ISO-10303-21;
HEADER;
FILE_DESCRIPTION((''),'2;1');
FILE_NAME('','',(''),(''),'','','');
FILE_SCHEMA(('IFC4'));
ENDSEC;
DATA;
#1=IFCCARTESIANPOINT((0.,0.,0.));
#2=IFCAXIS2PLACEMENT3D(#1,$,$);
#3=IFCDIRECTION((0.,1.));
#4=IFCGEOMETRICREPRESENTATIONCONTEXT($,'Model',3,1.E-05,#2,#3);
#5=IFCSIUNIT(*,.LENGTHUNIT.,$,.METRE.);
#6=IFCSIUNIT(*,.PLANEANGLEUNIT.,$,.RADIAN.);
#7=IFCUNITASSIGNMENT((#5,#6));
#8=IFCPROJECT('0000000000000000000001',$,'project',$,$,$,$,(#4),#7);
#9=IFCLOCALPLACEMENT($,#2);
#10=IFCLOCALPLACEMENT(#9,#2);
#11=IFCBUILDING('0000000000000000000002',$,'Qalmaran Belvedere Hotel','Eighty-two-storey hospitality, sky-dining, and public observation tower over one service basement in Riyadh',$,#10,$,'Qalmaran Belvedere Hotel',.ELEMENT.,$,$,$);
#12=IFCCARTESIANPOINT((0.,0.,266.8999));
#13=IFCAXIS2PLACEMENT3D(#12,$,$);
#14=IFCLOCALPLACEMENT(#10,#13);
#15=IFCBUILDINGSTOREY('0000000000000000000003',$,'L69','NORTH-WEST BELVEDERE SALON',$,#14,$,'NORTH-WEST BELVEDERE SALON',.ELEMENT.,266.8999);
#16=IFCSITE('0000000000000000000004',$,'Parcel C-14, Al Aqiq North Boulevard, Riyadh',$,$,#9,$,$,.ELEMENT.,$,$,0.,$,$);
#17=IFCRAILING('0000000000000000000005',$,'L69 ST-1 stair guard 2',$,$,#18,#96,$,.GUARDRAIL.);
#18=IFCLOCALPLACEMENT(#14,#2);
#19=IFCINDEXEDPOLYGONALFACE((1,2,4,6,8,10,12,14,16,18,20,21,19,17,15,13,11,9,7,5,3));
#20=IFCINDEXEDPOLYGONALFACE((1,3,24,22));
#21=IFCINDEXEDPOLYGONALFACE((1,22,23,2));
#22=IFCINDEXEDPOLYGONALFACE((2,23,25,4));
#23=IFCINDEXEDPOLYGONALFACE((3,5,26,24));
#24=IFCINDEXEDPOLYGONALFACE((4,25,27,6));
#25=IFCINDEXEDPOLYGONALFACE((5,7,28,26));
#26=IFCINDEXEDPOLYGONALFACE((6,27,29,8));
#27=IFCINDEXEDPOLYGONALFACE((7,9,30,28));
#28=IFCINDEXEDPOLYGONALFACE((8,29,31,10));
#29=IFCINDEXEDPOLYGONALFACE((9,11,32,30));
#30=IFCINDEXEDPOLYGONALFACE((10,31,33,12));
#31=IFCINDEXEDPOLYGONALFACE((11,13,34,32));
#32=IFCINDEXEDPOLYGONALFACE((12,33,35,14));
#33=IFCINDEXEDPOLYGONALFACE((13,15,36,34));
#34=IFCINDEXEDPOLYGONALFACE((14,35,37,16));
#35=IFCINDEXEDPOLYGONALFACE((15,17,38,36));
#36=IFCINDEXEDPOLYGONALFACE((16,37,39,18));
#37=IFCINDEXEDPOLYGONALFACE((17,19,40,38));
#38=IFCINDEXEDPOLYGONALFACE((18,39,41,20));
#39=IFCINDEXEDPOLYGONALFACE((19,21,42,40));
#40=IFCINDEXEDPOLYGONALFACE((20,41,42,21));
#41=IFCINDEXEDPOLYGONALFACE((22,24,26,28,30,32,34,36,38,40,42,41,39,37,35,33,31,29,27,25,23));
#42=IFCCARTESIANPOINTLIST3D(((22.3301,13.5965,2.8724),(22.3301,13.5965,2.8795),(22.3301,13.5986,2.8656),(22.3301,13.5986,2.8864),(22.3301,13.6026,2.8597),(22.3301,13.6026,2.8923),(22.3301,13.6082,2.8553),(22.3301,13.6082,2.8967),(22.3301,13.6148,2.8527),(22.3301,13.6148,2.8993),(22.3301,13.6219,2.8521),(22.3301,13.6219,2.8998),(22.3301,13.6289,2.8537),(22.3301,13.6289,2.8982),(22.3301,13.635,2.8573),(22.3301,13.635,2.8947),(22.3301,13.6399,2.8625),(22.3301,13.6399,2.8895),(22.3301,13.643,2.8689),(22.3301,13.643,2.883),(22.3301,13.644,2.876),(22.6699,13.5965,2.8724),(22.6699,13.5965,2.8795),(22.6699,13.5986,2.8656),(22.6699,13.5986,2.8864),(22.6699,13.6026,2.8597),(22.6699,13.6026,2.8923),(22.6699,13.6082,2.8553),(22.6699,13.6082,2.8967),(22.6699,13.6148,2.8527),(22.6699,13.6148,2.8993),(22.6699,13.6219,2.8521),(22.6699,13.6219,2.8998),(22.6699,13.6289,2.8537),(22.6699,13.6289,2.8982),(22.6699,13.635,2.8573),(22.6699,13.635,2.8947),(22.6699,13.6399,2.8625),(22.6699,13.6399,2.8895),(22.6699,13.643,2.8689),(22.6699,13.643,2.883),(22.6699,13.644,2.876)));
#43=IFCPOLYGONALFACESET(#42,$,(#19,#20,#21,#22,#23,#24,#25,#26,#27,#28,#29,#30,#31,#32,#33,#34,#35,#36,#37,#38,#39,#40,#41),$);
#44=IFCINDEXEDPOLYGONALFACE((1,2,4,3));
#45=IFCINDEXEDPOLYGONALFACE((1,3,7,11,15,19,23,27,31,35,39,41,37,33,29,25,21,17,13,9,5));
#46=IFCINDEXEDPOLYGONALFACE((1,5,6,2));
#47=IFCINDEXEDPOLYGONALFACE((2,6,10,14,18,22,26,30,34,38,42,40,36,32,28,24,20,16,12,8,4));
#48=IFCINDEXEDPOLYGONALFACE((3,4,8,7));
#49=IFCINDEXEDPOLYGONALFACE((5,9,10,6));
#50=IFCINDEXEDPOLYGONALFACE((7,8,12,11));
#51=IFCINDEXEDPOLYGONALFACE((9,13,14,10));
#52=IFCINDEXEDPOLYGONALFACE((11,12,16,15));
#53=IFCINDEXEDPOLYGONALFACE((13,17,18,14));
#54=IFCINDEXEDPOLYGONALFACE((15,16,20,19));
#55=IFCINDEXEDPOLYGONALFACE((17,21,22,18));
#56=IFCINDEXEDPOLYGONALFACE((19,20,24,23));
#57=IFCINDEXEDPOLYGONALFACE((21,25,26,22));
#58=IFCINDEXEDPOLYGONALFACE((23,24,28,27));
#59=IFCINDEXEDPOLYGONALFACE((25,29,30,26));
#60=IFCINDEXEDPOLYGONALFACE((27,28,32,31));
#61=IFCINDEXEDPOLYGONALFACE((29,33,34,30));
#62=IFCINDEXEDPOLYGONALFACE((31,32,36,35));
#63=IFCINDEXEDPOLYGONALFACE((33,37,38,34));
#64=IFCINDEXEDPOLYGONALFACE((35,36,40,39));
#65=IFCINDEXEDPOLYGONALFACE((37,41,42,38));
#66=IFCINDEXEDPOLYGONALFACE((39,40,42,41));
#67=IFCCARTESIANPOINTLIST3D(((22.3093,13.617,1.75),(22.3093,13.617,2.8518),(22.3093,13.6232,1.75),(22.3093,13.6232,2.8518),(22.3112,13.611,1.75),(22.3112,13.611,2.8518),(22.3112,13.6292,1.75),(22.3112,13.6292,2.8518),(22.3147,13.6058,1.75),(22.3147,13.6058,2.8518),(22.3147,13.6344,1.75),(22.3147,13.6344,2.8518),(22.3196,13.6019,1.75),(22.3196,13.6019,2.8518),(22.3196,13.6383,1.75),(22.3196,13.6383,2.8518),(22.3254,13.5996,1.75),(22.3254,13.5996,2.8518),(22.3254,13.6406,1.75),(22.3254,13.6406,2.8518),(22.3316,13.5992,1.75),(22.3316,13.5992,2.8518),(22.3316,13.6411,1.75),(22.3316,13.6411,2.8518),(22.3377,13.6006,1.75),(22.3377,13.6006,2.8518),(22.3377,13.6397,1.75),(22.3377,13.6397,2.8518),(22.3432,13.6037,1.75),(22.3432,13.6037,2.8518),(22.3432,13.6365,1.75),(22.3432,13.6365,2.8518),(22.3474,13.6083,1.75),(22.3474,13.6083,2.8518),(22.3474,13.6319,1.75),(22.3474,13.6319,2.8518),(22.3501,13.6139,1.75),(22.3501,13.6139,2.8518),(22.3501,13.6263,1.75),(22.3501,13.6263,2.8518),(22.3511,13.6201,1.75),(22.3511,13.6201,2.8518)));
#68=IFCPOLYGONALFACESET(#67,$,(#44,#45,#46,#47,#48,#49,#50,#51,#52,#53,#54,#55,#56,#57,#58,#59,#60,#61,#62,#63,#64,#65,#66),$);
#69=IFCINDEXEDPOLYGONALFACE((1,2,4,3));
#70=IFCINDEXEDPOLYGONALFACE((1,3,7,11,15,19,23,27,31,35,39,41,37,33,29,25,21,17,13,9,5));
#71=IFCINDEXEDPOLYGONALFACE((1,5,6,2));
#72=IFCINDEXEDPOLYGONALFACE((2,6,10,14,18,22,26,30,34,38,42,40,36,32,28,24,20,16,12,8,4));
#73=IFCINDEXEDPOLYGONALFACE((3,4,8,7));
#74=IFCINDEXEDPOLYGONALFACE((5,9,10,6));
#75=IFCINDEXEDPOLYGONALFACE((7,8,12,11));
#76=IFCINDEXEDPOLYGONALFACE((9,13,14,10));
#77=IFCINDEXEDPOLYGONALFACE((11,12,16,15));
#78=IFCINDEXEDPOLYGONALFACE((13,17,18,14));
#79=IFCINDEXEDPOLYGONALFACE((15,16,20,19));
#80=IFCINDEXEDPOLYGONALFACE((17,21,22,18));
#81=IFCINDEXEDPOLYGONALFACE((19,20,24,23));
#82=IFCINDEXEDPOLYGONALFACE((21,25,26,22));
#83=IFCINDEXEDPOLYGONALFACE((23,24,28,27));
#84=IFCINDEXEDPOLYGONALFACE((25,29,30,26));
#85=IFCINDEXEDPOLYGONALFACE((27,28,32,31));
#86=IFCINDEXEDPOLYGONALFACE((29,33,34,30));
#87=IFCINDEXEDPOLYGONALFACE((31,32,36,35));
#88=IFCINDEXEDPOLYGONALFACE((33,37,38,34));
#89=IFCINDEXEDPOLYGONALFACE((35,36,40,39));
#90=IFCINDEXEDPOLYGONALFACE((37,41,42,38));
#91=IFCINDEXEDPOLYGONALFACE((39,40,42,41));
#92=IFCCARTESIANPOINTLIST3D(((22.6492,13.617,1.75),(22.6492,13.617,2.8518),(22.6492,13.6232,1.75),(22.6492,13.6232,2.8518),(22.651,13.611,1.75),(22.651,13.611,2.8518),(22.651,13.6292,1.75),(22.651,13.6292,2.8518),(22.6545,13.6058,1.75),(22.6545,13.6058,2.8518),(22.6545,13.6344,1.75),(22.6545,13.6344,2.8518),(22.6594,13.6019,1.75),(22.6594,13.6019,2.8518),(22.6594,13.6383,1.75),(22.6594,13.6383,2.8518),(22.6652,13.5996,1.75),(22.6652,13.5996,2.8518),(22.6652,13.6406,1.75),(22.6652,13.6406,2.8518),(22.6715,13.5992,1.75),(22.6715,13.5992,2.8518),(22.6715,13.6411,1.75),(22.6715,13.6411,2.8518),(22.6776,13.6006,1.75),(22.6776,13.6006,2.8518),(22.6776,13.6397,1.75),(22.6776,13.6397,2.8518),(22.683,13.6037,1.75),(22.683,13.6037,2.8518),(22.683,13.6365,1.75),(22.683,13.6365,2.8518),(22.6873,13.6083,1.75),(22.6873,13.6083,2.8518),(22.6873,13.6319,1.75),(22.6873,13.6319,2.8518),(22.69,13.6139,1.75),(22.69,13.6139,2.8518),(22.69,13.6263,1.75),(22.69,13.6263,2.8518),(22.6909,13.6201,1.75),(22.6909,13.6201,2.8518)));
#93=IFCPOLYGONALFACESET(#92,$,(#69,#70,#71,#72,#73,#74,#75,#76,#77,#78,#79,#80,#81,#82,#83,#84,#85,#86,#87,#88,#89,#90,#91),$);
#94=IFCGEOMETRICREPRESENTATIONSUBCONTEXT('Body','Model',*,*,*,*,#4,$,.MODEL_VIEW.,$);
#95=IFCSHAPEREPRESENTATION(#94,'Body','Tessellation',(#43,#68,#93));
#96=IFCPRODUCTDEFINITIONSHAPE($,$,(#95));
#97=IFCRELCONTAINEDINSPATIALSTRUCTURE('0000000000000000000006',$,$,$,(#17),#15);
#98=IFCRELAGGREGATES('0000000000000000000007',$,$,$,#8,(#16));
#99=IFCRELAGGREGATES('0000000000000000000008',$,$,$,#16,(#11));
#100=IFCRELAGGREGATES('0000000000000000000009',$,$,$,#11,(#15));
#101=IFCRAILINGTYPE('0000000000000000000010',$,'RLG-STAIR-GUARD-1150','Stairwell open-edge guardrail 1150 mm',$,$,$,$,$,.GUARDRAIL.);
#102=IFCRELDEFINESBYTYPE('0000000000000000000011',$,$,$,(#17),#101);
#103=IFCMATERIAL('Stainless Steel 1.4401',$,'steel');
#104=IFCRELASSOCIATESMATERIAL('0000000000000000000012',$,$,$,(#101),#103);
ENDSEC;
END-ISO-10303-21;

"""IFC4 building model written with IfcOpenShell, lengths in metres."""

from ifc_helpers import new_model, si_unit, direction, frame, origin, origin_2d, place, context, subcontext, project, spatial, circle, extrude, material, type_object, element, save


model = new_model("IFC4")

# Units and contexts
model_context = context("Model", 3, precision=1e-05, world=origin(), true_north=direction((0.0, 1.0)))
body_context = subcontext(model_context, "Body", "Model", "MODEL_VIEW")
ifc_project = project(units=[si_unit("LENGTHUNIT", "METRE"), si_unit("PLANEANGLEUNIT", "RADIAN")], contexts=[model_context])

# Site, building, storey
site_placement = place(None, origin())
site = spatial("IfcSite", under=ifc_project, at=site_placement, Name="Parcel C-14, Al Aqiq North Boulevard, Riyadh", CompositionType="ELEMENT", RefElevation=0.0)
building_placement = place(site_placement, origin())
building = spatial("IfcBuilding", under=site, at=building_placement, Name="Qalmaran Belvedere Hotel", Description="Eighty-two-storey hospitality, sky-dining, and public observation tower over one service basement in Riyadh", LongName="Qalmaran Belvedere Hotel", CompositionType="ELEMENT")
storey_placement = place(building_placement, frame((0.0, 0.0, 266.8999)))
storey = spatial("IfcBuildingStorey", under=building, at=storey_placement, Name="L69", Description="NORTH-WEST BELVEDERE SALON", LongName="NORTH-WEST BELVEDERE SALON", CompositionType="ELEMENT", Elevation=266.8999)

# Shared definitions
ifc_material_1 = material(Name="Stainless Steel 1.4401", Category="steel")

# Railing
railing_type_1 = type_object("IfcRailingType", Name="RLG-STAIR-GUARD-1150", Description="Stairwell open-edge guardrail 1150 mm", PredefinedType="GUARDRAIL", material=ifc_material_1)
railing_1_placement = place(storey_placement, frame((22.3301, 13.6201, 1.75)))
element("IfcRailing", 1, at=railing_1_placement, inside=storey, type_object=railing_type_1, Name="L69 ST-1 stair guard 2", PredefinedType="GUARDRAIL", context=body_context, shape_type="SweptSolid", body=[
    extrude(circle(Radius=0.0239, at=origin_2d()), frame((0.0, 0.0, 1.126), z_axis=(1.0, 0.0, 0.0), x_axis=(0.0, 1.0, 0.0)), (0.0, 0.0, 1.0), 0.3398),
    extrude(circle(Radius=0.021, at=origin_2d()), origin(), (0.0, 0.0, 1.0), 1.1018),
    extrude(circle(Radius=0.021, at=origin_2d()), frame((0.3398, 0.0, 0.0)), (0.0, 0.0, 1.0), 1.1018),
])

save(model, "model.ifc")
